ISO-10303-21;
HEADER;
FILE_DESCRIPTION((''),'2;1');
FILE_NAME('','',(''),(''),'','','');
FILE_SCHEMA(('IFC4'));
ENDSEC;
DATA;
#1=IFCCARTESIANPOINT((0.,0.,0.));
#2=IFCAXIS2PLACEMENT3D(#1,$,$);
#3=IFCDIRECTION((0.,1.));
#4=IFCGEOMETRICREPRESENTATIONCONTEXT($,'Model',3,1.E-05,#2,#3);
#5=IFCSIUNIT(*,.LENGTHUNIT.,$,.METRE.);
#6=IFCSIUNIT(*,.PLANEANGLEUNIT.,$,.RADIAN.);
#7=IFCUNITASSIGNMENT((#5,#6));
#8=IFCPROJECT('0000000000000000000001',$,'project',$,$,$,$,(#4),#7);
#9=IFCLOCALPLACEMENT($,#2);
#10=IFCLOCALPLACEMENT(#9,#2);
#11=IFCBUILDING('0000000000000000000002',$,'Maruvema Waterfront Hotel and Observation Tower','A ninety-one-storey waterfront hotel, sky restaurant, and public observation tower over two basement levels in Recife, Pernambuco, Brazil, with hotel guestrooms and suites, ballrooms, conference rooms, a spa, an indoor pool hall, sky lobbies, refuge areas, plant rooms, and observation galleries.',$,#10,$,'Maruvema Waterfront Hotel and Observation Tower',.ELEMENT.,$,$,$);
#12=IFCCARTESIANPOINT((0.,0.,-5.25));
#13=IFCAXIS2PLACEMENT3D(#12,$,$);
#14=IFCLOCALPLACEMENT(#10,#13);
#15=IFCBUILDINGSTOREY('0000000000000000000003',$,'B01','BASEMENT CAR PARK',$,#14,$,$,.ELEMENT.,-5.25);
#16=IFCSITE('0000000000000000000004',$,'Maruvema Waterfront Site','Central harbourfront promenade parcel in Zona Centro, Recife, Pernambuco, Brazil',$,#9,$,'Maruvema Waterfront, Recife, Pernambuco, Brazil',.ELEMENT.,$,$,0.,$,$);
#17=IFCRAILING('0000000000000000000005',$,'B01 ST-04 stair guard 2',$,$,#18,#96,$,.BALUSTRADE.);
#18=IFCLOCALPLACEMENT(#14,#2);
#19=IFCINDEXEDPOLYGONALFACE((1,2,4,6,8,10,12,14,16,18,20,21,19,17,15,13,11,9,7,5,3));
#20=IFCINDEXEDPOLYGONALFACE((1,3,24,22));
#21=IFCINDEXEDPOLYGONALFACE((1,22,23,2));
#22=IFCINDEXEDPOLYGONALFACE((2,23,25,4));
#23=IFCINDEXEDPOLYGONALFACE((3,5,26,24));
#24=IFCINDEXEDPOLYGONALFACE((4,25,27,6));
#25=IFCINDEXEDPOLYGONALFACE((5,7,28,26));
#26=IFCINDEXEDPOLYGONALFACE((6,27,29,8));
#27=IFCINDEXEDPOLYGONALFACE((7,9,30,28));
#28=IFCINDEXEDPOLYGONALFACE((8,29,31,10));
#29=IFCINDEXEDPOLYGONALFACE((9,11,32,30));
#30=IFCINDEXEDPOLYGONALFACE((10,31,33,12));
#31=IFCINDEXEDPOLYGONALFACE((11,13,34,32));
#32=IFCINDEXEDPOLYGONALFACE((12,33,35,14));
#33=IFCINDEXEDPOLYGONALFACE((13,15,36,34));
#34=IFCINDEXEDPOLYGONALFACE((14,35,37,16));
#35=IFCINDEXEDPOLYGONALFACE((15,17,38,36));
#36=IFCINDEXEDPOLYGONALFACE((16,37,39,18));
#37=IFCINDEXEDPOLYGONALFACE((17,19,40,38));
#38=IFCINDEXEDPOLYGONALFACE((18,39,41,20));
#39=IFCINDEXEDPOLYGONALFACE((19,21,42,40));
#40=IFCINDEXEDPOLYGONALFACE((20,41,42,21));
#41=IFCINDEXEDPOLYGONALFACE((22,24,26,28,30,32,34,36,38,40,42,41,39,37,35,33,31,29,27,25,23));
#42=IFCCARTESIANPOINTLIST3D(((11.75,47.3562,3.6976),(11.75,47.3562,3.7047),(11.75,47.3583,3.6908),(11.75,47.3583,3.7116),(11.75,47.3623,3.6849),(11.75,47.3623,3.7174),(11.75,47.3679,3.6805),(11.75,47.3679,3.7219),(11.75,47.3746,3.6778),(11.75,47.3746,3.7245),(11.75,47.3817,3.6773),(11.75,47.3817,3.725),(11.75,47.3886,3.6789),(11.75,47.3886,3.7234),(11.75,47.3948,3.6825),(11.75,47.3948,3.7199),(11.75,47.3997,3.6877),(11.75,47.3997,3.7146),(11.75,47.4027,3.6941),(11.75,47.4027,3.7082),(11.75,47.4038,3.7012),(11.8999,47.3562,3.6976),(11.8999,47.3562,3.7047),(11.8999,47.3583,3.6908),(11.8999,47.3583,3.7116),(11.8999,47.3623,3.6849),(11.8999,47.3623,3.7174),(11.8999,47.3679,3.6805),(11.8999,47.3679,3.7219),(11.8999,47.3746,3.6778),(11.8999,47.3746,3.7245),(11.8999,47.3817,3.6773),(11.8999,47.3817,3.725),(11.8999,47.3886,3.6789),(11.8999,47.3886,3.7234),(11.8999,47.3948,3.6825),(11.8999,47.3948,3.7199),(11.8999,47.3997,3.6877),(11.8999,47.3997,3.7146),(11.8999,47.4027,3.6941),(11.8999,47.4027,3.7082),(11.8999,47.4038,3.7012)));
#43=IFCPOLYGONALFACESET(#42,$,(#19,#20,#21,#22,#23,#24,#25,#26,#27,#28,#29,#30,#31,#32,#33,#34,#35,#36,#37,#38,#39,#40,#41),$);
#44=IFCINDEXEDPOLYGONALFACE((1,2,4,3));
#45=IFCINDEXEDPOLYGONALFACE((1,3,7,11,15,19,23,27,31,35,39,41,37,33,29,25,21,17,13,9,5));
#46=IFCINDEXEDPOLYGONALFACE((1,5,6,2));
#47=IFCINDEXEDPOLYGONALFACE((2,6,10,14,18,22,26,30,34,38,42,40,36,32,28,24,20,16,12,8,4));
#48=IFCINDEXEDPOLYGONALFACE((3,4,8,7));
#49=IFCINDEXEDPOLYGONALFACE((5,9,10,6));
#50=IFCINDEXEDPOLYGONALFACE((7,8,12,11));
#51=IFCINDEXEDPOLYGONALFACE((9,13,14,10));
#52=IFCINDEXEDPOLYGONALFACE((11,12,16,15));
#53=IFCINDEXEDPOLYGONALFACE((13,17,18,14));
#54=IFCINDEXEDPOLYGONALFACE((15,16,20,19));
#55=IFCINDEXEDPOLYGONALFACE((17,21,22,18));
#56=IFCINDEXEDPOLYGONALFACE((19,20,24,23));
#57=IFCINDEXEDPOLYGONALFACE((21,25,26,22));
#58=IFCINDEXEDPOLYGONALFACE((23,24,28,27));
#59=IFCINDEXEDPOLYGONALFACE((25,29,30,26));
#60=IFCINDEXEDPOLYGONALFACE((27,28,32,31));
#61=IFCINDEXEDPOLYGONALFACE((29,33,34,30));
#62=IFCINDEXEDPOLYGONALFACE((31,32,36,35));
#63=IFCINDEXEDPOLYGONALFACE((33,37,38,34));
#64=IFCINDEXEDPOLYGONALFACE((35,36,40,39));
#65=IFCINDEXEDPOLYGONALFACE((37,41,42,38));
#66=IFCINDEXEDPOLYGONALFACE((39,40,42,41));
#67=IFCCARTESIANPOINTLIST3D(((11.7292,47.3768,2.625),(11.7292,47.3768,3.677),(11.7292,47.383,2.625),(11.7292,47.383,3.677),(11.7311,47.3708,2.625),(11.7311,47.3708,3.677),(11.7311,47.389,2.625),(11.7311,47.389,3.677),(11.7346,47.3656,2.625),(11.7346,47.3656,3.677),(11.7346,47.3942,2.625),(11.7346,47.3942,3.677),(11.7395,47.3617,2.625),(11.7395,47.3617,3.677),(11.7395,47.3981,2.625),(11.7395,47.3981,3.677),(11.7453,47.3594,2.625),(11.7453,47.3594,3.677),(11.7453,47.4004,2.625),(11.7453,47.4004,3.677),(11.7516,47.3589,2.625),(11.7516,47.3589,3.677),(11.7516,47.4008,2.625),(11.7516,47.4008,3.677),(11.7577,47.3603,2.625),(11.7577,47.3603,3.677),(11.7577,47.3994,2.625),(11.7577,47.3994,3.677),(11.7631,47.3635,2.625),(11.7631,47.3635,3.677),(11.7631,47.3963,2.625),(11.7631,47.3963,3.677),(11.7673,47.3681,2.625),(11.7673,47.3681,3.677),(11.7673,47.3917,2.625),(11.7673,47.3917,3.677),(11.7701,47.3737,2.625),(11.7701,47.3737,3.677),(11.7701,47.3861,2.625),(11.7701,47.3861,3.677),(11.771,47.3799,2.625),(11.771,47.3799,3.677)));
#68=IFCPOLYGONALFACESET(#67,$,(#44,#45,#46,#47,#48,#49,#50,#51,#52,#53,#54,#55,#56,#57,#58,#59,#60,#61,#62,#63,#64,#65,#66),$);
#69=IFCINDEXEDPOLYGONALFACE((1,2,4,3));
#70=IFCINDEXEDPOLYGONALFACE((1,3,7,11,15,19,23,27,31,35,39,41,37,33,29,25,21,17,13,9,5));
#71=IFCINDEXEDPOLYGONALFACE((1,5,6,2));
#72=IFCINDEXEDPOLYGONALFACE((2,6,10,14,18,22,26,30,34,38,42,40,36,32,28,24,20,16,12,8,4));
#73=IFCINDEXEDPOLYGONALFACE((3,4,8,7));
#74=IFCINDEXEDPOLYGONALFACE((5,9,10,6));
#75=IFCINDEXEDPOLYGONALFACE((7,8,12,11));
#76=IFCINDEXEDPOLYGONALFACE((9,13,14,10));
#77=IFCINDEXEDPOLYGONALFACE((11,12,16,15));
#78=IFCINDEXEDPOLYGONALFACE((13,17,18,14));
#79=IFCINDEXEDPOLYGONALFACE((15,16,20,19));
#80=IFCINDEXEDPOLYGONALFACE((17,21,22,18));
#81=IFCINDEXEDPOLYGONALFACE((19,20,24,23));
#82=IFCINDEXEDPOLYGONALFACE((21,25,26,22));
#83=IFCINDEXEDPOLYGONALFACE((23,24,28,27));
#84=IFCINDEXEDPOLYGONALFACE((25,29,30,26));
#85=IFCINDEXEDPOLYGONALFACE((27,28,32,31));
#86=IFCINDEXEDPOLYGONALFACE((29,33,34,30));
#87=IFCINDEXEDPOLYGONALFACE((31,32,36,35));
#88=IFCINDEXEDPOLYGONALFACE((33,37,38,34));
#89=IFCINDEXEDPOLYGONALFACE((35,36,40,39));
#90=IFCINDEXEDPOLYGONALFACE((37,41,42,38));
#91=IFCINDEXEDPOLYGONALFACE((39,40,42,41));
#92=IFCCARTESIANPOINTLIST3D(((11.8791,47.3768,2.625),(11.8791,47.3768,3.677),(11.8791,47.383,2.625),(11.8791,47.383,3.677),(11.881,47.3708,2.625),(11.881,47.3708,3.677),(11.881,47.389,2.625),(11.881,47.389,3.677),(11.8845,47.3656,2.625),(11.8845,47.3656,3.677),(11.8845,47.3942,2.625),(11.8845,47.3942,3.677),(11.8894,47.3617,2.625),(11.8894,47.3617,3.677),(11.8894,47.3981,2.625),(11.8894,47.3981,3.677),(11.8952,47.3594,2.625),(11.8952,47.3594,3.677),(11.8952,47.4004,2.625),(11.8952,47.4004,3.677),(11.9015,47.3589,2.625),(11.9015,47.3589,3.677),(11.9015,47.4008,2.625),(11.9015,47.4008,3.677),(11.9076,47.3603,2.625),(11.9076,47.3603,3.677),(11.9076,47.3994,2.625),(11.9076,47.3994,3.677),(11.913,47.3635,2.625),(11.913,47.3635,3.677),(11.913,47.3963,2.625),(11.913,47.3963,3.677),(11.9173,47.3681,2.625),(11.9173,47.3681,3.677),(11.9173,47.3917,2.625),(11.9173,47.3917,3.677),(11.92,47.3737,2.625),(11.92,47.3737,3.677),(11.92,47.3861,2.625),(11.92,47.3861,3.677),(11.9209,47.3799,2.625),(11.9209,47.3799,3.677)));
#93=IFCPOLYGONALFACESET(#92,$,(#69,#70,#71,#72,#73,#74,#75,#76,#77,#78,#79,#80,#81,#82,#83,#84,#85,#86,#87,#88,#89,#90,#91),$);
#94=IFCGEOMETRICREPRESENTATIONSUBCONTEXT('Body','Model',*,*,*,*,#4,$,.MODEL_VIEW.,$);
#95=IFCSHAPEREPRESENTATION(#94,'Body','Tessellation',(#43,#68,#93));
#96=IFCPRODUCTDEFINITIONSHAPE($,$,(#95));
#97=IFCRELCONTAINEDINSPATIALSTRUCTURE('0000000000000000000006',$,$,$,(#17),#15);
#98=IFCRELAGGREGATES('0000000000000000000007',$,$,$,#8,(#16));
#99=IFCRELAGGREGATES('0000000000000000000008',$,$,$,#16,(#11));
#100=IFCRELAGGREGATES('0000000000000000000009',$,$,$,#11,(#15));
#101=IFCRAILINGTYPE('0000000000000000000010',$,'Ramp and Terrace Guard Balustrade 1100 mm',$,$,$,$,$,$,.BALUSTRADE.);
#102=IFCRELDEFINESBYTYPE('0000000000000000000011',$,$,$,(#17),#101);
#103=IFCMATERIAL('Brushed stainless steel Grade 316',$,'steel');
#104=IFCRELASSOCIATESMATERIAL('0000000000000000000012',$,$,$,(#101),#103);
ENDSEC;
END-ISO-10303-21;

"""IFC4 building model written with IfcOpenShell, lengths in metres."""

from ifc_helpers import new_model, si_unit, direction, frame, origin, origin_2d, place, context, subcontext, project, spatial, circle, extrude, material, type_object, element, save


model = new_model("IFC4")

# Units and contexts
model_context = context("Model", 3, precision=1e-05, world=origin(), true_north=direction((0.0, 1.0)))
body_context = subcontext(model_context, "Body", "Model", "MODEL_VIEW")
ifc_project = project(units=[si_unit("LENGTHUNIT", "METRE"), si_unit("PLANEANGLEUNIT", "RADIAN")], contexts=[model_context])

# Site, building, storey
site_placement = place(None, origin())
site = spatial("IfcSite", under=ifc_project, at=site_placement, Name="Maruvema Waterfront Site", Description="Central harbourfront promenade parcel in Zona Centro, Recife, Pernambuco, Brazil", LongName="Maruvema Waterfront, Recife, Pernambuco, Brazil", CompositionType="ELEMENT", RefElevation=0.0)
building_placement = place(site_placement, origin())
building = spatial("IfcBuilding", under=site, at=building_placement, Name="Maruvema Waterfront Hotel and Observation Tower", Description="A ninety-one-storey waterfront hotel, sky restaurant, and public observation tower over two basement levels in Recife, Pernambuco, Brazil, with hotel guestrooms and suites, ballrooms, conference rooms, a spa, an indoor pool hall, sky lobbies, refuge areas, plant rooms, and observation galleries.", LongName="Maruvema Waterfront Hotel and Observation Tower", CompositionType="ELEMENT")
storey_placement = place(building_placement, frame((0.0, 0.0, -5.25)))
storey = spatial("IfcBuildingStorey", under=building, at=storey_placement, Name="B01", Description="BASEMENT CAR PARK", CompositionType="ELEMENT", Elevation=-5.25)

# Railing
ifc_material_1 = material(Name="Brushed stainless steel Grade 316", Category="steel")
railing_type_1 = type_object("IfcRailingType", Name="Ramp and Terrace Guard Balustrade 1100 mm", PredefinedType="BALUSTRADE", material=ifc_material_1)
railing_1_placement = place(storey_placement, frame((11.75, 47.3799, 2.625)))
element("IfcRailing", 1, at=railing_1_placement, inside=storey, type_object=railing_type_1, Name="B01 ST-04 stair guard 2", PredefinedType="BALUSTRADE", context=body_context, shape_type="SweptSolid", body=[
    extrude(circle(Radius=0.0239, at=origin_2d()), frame((0.0, 0.0, 1.0762), z_axis=(1.0, 0.0, 0.0), x_axis=(0.0, 1.0, 0.0)), (0.0, 0.0, 1.0), 0.1499),
    extrude(circle(Radius=0.021, at=origin_2d()), origin(), (0.0, 0.0, 1.0), 1.052),
    extrude(circle(Radius=0.021, at=origin_2d()), frame((0.1499, 0.0, 0.0)), (0.0, 0.0, 1.0), 1.052),
])

save(model, "model.ifc")
